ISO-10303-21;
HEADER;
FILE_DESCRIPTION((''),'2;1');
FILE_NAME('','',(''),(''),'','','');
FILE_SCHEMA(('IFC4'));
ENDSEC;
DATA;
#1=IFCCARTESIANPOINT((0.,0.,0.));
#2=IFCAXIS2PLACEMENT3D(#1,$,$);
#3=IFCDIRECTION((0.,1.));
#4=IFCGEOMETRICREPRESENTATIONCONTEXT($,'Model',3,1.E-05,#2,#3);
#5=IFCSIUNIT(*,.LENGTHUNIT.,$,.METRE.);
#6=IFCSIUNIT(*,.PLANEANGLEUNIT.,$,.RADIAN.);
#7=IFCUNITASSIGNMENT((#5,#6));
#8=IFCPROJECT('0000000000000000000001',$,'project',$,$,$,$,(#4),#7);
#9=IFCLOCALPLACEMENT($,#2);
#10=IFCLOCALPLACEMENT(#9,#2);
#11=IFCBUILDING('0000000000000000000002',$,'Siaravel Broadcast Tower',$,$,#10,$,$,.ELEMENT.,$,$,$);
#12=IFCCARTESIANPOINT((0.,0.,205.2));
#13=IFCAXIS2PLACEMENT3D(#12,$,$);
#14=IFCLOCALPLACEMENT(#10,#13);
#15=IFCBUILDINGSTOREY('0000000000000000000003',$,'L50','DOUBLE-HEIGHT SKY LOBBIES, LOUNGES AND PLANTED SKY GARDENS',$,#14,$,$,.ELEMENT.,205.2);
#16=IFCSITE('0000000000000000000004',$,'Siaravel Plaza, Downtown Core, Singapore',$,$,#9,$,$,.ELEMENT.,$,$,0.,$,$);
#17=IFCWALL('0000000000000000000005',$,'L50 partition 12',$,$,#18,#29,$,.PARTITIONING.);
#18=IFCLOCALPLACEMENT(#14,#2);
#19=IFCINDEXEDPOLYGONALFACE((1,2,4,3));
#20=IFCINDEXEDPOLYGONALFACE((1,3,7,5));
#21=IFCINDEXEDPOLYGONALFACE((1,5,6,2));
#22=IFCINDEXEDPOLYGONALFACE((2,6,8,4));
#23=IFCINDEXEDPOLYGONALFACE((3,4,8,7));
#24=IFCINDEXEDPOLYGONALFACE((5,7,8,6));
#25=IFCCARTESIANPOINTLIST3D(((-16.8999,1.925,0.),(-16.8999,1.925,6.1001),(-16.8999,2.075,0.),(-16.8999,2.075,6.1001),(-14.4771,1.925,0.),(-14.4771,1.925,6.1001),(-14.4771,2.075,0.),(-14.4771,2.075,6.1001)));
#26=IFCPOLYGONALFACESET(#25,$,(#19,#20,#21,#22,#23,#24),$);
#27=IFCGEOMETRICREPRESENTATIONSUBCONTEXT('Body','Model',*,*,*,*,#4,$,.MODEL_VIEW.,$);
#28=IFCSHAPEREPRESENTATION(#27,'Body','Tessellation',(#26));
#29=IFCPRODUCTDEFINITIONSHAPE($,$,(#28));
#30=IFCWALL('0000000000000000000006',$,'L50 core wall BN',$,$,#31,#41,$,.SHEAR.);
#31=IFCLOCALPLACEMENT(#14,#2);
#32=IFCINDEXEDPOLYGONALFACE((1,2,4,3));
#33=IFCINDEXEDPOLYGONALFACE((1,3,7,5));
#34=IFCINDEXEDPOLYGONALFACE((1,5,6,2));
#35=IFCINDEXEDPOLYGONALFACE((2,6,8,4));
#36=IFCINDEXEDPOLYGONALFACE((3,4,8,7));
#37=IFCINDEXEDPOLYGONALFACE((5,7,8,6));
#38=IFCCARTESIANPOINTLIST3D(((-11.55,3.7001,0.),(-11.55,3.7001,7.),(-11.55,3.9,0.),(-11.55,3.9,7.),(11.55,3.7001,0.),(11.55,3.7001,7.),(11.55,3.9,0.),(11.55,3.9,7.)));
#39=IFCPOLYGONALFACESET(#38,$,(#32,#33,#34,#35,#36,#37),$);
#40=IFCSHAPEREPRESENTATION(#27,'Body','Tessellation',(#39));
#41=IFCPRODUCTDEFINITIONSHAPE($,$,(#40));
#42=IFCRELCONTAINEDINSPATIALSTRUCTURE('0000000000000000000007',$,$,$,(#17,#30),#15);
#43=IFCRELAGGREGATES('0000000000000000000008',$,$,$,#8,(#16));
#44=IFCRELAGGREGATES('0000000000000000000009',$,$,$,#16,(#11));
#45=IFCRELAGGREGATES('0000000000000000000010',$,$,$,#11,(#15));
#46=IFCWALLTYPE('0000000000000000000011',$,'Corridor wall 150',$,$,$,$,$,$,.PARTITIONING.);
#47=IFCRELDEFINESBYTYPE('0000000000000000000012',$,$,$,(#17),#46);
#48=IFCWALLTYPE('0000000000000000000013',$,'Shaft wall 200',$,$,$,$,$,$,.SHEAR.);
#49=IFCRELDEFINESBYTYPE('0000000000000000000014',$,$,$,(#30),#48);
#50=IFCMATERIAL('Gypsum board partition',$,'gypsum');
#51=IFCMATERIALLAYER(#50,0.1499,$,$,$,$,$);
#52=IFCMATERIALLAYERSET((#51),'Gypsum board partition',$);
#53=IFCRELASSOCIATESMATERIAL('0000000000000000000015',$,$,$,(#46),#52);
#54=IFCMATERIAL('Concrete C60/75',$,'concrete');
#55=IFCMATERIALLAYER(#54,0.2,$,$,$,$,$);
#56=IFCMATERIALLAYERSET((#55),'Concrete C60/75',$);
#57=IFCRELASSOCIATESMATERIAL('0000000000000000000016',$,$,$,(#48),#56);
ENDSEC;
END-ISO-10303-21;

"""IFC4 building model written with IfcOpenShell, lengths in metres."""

from ifc_helpers import new_model, si_unit, direction, frame, frame_2d, origin, place, context, subcontext, project, spatial, rectangle, extrude, material, layer, layer_set, type_object, element, save


model = new_model("IFC4")

# Units and contexts
model_context = context("Model", 3, precision=1e-05, world=origin(), true_north=direction((0.0, 1.0)))
body_context = subcontext(model_context, "Body", "Model", "MODEL_VIEW")
ifc_project = project(units=[si_unit("LENGTHUNIT", "METRE"), si_unit("PLANEANGLEUNIT", "RADIAN")], contexts=[model_context])

# Site, building, storey
site_placement = place(None, origin())
site = spatial("IfcSite", under=ifc_project, at=site_placement, Name="Siaravel Plaza, Downtown Core, Singapore", CompositionType="ELEMENT", RefElevation=0.0)
building_placement = place(site_placement, origin())
building = spatial("IfcBuilding", under=site, at=building_placement, Name="Siaravel Broadcast Tower", CompositionType="ELEMENT")
storey_placement = place(building_placement, frame((0.0, 0.0, 205.2)))
storey = spatial("IfcBuildingStorey", under=building, at=storey_placement, Name="L50", Description="DOUBLE-HEIGHT SKY LOBBIES, LOUNGES AND PLANTED SKY GARDENS", CompositionType="ELEMENT", Elevation=205.2)

# Shared definitions
ifc_material_1 = material(Name="Concrete C60/75", Category="concrete")

# Shared definitions
ifc_material_2 = material(Name="Gypsum board partition", Category="gypsum")
ifc_layer_1 = layer(ifc_material_2, 0.1499)
ifc_layer_set_1 = layer_set([ifc_layer_1], Name="Gypsum board partition")
wall_type_1 = type_object("IfcWallType", Name="Corridor wall 150", PredefinedType="PARTITIONING", material=ifc_layer_set_1)

# Walls
wall_1_placement = place(storey_placement, frame((-16.8999, 2.0, 0.0), z_axis=(0.0, 0.0, 1.0), x_axis=(1.0, 0.0, 0.0)))
element("IfcWall", 1, at=wall_1_placement, inside=storey, type_object=wall_type_1, Name="L50 partition 12", PredefinedType="PARTITIONING", context=body_context, shape_type="SweptSolid", body=[
    extrude(rectangle(XDim=2.4229, YDim=0.1499, at=frame_2d((1.2114, 0.0))), origin(), (0.0, 0.0, 1.0), 6.1001),
])
ifc_layer_2 = layer(ifc_material_1, 0.2)
ifc_layer_set_2 = layer_set([ifc_layer_2], Name="Concrete C60/75")
wall_type_2 = type_object("IfcWallType", Name="Shaft wall 200", PredefinedType="SHEAR", material=ifc_layer_set_2)
wall_2_placement = place(storey_placement, frame((-11.55, 3.8, 0.0), z_axis=(0.0, 0.0, 1.0), x_axis=(1.0, 0.0, 0.0)))
element("IfcWall", 2, at=wall_2_placement, inside=storey, type_object=wall_type_2, Name="L50 core wall BN", PredefinedType="SHEAR", context=body_context, shape_type="SweptSolid", body=[
    extrude(rectangle(XDim=23.1001, YDim=0.2, at=frame_2d((11.55, 0.0))), origin(), (0.0, 0.0, 1.0), 7.0),
])

save(model, "model.ifc")
